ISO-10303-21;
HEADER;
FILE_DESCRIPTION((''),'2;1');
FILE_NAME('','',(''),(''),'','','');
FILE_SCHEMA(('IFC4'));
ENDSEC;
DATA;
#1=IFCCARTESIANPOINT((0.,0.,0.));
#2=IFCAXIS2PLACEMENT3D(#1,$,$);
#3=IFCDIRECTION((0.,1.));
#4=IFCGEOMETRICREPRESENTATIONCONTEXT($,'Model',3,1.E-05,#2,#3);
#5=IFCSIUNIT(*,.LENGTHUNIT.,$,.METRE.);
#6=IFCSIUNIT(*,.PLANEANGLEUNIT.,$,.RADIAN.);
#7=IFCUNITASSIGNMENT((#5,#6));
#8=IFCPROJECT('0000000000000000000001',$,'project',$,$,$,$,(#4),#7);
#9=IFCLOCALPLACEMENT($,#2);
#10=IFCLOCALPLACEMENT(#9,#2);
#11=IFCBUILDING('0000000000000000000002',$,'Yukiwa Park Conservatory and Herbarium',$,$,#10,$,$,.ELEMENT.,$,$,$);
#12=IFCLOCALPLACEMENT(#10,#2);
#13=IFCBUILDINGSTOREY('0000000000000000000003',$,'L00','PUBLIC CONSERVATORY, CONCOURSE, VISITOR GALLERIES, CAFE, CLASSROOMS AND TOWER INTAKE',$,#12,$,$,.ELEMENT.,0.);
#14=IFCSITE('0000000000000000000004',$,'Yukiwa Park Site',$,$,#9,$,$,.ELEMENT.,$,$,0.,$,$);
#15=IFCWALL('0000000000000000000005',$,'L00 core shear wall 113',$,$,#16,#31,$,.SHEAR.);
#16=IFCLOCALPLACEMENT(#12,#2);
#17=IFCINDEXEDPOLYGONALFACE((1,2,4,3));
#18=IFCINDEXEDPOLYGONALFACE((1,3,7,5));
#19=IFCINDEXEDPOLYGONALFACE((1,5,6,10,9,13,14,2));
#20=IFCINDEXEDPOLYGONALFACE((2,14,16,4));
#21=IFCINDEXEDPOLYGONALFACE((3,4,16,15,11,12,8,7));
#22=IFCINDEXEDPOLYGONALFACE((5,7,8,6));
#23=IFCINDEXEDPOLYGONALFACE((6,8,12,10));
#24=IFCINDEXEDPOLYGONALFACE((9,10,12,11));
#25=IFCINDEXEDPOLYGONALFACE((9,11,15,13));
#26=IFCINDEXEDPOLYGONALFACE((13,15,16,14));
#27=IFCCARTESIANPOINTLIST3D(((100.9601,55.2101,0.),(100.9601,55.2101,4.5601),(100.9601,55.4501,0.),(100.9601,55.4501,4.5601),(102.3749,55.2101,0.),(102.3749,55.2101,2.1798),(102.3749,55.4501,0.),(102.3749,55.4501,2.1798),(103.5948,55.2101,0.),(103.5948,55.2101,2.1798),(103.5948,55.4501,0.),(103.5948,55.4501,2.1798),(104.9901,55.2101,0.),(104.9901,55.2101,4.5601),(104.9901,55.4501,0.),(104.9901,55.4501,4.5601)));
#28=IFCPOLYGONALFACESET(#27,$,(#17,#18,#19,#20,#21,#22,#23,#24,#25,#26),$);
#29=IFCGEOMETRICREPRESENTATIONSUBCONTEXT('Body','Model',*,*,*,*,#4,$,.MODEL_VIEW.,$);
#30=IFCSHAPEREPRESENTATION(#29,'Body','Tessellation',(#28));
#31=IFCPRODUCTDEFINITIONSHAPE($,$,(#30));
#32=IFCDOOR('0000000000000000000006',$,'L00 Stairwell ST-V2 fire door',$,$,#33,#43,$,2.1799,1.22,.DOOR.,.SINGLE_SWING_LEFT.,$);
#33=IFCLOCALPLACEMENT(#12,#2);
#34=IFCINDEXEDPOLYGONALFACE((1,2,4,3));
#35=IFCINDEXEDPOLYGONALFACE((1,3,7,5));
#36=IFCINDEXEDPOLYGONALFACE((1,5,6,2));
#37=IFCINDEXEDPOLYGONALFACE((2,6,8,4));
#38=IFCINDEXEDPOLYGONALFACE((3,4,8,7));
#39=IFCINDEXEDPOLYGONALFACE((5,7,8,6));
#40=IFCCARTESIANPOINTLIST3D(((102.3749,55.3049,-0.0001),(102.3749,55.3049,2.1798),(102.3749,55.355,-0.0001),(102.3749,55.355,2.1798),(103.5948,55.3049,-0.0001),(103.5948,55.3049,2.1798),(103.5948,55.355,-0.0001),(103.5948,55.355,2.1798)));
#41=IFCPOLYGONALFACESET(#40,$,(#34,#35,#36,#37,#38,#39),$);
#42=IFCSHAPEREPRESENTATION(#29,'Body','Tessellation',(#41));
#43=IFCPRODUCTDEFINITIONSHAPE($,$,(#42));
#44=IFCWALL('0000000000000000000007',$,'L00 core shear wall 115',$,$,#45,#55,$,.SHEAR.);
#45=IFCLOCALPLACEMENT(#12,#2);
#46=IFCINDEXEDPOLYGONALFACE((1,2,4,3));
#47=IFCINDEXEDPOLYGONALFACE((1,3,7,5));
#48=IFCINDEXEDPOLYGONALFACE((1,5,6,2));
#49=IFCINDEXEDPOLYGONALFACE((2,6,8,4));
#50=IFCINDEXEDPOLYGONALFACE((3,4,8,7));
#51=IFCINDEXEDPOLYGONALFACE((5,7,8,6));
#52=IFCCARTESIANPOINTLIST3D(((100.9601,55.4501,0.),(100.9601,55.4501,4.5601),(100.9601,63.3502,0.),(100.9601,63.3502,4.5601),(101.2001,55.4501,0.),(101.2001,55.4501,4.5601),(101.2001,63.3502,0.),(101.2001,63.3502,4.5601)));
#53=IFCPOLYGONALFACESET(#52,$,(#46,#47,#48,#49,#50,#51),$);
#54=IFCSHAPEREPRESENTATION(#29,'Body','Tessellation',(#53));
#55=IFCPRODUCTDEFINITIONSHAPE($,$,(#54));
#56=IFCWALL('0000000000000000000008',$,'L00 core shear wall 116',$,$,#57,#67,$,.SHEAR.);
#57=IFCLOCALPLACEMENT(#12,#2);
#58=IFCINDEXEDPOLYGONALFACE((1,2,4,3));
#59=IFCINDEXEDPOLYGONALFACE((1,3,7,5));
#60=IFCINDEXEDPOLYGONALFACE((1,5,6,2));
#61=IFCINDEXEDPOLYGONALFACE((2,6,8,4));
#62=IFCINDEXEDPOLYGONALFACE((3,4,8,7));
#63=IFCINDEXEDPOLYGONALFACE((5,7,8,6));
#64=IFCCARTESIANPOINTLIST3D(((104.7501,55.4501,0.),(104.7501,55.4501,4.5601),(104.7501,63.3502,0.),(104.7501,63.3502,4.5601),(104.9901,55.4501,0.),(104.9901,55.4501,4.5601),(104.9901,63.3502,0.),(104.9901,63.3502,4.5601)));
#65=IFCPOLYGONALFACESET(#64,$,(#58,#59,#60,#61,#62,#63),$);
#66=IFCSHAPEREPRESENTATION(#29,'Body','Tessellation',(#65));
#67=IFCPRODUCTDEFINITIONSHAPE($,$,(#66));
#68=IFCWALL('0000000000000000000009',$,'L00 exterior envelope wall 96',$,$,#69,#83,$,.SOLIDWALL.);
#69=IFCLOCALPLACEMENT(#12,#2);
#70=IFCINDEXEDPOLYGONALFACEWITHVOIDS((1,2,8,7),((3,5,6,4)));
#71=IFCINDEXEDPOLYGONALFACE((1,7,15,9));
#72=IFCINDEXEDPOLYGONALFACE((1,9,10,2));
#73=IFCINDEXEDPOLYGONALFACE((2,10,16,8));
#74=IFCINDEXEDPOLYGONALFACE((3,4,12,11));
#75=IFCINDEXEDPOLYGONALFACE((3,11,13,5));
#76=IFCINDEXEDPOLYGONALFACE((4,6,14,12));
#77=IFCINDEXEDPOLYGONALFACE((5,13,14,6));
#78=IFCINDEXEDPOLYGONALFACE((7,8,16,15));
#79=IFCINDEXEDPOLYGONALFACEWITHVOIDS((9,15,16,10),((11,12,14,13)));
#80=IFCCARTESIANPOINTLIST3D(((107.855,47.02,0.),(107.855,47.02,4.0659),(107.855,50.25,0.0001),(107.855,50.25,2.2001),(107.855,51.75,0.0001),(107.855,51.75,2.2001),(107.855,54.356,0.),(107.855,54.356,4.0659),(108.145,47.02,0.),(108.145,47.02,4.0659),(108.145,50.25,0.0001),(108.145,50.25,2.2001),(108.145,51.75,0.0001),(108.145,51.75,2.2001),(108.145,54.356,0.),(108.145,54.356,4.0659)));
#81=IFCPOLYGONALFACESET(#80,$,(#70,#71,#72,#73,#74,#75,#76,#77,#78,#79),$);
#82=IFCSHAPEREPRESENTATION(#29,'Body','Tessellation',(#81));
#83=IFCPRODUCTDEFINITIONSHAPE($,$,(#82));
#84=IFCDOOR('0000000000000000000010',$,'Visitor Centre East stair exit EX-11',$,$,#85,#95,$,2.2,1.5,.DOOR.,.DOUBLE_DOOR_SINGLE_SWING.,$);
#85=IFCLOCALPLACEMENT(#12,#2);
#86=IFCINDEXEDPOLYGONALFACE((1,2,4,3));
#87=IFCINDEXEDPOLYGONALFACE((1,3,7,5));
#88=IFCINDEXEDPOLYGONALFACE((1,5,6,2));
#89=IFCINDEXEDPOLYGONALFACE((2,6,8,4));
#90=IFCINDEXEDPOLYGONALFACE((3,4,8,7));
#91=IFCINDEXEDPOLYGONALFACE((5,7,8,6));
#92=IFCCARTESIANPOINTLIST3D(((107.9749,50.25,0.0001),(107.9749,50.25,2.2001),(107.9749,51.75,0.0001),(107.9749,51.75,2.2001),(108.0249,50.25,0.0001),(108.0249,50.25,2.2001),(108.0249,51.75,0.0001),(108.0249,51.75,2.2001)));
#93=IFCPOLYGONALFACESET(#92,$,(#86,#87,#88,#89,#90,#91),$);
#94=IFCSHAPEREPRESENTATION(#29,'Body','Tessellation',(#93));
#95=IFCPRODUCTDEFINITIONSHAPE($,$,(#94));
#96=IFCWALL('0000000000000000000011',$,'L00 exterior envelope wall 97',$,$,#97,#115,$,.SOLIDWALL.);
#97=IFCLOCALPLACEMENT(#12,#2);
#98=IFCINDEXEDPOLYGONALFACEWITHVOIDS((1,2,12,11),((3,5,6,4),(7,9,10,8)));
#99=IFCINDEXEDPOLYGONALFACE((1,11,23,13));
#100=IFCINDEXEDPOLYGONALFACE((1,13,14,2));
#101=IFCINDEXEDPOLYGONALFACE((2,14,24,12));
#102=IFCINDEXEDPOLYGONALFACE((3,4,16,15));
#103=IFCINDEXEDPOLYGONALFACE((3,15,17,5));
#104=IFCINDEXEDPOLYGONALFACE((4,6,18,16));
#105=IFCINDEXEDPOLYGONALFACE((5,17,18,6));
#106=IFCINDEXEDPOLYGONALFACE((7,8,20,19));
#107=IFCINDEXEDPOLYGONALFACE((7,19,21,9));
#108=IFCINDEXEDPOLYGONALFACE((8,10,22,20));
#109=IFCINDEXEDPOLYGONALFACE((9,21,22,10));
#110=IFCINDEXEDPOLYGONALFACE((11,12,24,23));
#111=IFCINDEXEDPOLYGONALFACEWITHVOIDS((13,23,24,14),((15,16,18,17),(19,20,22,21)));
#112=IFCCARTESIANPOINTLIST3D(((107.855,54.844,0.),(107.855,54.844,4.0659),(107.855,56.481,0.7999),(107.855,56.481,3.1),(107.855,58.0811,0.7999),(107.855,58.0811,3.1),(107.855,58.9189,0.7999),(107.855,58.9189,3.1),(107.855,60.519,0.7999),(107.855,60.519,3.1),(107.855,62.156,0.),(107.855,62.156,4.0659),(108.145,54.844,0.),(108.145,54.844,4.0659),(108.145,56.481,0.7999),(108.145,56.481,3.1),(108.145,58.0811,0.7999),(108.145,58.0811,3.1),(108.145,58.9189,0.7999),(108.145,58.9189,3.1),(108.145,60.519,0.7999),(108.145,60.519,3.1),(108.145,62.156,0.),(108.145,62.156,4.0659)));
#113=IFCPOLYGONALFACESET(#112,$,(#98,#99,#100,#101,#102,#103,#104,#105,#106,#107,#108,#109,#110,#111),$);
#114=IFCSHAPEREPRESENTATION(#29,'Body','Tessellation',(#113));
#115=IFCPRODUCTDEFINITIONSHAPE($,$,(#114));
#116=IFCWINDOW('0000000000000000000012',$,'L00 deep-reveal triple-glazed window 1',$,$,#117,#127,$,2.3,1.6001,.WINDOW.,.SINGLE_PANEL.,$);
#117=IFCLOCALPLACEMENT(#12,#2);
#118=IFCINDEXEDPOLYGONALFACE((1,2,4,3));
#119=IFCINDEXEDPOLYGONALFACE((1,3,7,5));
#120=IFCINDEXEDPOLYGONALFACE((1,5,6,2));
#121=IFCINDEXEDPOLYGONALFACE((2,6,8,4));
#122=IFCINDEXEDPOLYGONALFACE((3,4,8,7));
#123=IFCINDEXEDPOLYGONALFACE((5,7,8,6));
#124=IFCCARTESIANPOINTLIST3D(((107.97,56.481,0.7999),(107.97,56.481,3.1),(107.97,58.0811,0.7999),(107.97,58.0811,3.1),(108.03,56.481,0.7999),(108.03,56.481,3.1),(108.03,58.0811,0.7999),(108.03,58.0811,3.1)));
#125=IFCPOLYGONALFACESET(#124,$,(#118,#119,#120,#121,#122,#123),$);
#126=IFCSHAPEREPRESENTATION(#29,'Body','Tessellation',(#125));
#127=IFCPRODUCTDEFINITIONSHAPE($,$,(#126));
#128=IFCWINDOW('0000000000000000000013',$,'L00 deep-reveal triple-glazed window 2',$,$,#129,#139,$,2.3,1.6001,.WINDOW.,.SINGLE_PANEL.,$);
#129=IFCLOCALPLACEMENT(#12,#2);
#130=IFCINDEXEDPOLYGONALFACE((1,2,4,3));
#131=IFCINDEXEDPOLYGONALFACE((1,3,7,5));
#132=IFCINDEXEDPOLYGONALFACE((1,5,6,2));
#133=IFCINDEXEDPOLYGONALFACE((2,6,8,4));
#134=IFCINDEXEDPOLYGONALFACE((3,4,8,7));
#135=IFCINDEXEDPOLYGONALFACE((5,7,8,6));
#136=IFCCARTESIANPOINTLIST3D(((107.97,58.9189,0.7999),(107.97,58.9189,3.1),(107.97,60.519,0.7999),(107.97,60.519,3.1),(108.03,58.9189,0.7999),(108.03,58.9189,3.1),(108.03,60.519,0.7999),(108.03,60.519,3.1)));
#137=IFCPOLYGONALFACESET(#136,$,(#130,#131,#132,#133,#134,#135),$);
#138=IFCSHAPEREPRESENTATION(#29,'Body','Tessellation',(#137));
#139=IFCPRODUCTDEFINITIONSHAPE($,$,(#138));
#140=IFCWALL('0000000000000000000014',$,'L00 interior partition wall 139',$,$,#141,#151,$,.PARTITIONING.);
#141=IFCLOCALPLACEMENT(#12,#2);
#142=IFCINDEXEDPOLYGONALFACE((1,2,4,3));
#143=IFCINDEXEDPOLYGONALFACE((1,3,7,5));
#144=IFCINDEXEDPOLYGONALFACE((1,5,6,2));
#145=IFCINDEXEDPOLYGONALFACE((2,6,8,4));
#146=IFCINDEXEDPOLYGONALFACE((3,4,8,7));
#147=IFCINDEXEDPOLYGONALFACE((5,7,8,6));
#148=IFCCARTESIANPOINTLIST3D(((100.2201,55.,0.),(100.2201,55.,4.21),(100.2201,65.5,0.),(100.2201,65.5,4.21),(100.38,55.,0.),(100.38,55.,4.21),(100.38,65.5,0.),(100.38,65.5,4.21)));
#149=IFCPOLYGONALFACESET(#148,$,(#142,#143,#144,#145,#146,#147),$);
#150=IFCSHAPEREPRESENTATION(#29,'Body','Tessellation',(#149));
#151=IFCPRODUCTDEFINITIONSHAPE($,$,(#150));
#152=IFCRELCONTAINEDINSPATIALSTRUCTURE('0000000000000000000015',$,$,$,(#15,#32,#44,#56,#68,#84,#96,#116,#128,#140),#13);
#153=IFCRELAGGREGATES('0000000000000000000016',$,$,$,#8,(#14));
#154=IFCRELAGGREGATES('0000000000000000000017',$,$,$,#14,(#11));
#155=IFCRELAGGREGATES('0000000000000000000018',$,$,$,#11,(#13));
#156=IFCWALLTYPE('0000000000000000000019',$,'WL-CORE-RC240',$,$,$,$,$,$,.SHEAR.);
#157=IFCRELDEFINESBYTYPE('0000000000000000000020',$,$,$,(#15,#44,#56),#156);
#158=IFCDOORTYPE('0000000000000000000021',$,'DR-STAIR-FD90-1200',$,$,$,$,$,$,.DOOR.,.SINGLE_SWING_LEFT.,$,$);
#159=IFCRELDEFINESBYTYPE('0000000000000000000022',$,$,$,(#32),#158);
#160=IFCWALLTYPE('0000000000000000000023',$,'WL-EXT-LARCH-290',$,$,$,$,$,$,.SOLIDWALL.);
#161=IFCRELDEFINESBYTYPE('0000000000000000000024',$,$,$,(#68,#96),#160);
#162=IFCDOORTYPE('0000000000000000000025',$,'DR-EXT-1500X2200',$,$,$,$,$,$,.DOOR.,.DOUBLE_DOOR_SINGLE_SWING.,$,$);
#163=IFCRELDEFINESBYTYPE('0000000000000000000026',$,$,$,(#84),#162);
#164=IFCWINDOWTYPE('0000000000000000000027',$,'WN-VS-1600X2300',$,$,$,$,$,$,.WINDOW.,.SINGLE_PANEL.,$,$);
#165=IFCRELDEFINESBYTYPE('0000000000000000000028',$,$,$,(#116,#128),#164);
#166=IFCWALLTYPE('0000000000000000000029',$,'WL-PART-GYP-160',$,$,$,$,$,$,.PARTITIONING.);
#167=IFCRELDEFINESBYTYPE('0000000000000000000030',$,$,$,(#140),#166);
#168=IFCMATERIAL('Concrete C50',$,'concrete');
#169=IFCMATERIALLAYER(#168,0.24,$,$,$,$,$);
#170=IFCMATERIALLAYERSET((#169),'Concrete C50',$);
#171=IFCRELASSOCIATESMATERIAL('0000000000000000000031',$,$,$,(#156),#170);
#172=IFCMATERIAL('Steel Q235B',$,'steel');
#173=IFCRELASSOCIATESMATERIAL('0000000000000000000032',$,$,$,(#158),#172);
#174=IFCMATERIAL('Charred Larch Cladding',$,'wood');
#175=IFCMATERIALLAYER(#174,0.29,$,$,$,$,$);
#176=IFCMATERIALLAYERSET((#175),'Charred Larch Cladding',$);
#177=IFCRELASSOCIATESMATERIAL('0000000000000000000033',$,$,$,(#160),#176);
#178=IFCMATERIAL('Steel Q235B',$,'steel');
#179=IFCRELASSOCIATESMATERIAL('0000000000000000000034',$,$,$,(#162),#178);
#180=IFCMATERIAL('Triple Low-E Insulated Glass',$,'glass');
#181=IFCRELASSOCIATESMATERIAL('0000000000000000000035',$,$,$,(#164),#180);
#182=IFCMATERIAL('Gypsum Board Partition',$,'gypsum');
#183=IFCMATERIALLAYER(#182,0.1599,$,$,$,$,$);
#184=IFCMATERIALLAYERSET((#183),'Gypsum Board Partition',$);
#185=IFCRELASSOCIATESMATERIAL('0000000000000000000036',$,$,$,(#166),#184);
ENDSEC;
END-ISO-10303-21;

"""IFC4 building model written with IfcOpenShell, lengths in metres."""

from ifc_helpers import new_model, si_unit, direction, frame, frame_2d, origin, place, context, subcontext, project, spatial, rectangle, extrude, material, layer, layer_set, type_object, element, fill, save


model = new_model("IFC4")

# Units and contexts
model_context = context("Model", 3, precision=1e-05, world=origin(), true_north=direction((0.0, 1.0)))
body_context = subcontext(model_context, "Body", "Model", "MODEL_VIEW")
ifc_project = project(units=[si_unit("LENGTHUNIT", "METRE"), si_unit("PLANEANGLEUNIT", "RADIAN")], contexts=[model_context])

# Site, building, storey
site_placement = place(None, origin())
site = spatial("IfcSite", under=ifc_project, at=site_placement, Name="Yukiwa Park Site", CompositionType="ELEMENT", RefElevation=0.0)
building_placement = place(site_placement, origin())
building = spatial("IfcBuilding", under=site, at=building_placement, Name="Yukiwa Park Conservatory and Herbarium", CompositionType="ELEMENT")
storey_placement = place(building_placement, origin())
storey = spatial("IfcBuildingStorey", under=building, at=storey_placement, Name="L00", Description="PUBLIC CONSERVATORY, CONCOURSE, VISITOR GALLERIES, CAFE, CLASSROOMS AND TOWER INTAKE", CompositionType="ELEMENT", Elevation=0.0)

# Wall, opening, door
ifc_material_1 = material(Name="Concrete C50", Category="concrete")
ifc_layer_1 = layer(ifc_material_1, 0.24)
ifc_layer_set_1 = layer_set([ifc_layer_1], Name="Concrete C50")
wall_type_1 = type_object("IfcWallType", Name="WL-CORE-RC240", PredefinedType="SHEAR", material=ifc_layer_set_1)
wall_1_placement = place(storey_placement, frame((100.96, 55.3301, 0.0), z_axis=(0.0, 0.0, 1.0), x_axis=(1.0, 0.0, 0.0)))
wall_1 = element("IfcWall", 1, at=wall_1_placement, inside=storey, type_object=wall_type_1, Name="L00 core shear wall 113", PredefinedType="SHEAR", context=body_context, shape_type="SweptSolid", body=[
    extrude(rectangle(XDim=4.03, YDim=0.24, at=frame_2d((2.0151, 0.0))), origin(), (0.0, 0.0, 1.0), 4.5601),
])
opening_1_placement = place(wall_1_placement, frame((1.415, 0.0, 0.0)))
opening_1 = element("IfcOpeningElement", 2, at=opening_1_placement, cuts=wall_1, PredefinedType="OPENING", context=body_context, shape_type="SweptSolid", body=[
    extrude(rectangle(XDim=1.22, YDim=2.1799, at=frame_2d((0.6099, 1.0898))), frame((0.0, 0.1299, 0.0), z_axis=(0.0, -1.0, 0.0), x_axis=(1.0, 0.0, 0.0)), (0.0, 0.0, 1.0), 0.26),
])
ifc_material_2 = material(Name="Steel Q235B", Category="steel")
door_type_1 = type_object("IfcDoorType", Name="DR-STAIR-FD90-1200", OperationType="SINGLE_SWING_LEFT", PredefinedType="DOOR", material=ifc_material_2)
door_1_placement = place(opening_1_placement, origin())
door_1 = element("IfcDoor", 3, at=door_1_placement, inside=storey, type_object=door_type_1, Name="L00 Stairwell ST-V2 fire door", OperationType="SINGLE_SWING_LEFT", OverallHeight=2.1799, OverallWidth=1.22, PredefinedType="DOOR", context=body_context, shape_type="SweptSolid", body=[
    extrude(rectangle(XDim=1.22, YDim=2.1799, at=frame_2d((0.6099, 1.0898))), frame((0.0, 0.0249, 0.0), z_axis=(0.0, -1.0, 0.0), x_axis=(1.0, 0.0, 0.0)), (0.0, 0.0, 1.0), 0.05),
])
fill(opening_1, door_1)

# Walls
for number, where, z_axis, x_axis, name in (
    (4, (101.0801, 55.45, 0.0), (0.0, 0.0, 1.0), (0.0, 1.0, 0.0), "L00 core shear wall 115"),
    (5, (104.8701, 55.45, 0.0), (0.0, 0.0, 1.0), (0.0, 1.0, 0.0), "L00 core shear wall 116"),
):
    element("IfcWall", number, at=place(storey_placement, frame(where, z_axis=z_axis, x_axis=x_axis)), inside=storey, type_object=wall_type_1, Name=name, PredefinedType="SHEAR", context=body_context, shape_type="SweptSolid", body=[
        extrude(rectangle(XDim=7.9001, YDim=0.24, at=frame_2d((3.9502, 0.0))), origin(), (0.0, 0.0, 1.0), 4.5601),
    ])

# Wall, opening, door
ifc_material_3 = material(Name="Charred Larch Cladding", Category="wood")
ifc_layer_2 = layer(ifc_material_3, 0.29)
ifc_layer_set_2 = layer_set([ifc_layer_2], Name="Charred Larch Cladding")
wall_type_2 = type_object("IfcWallType", Name="WL-EXT-LARCH-290", PredefinedType="SOLIDWALL", material=ifc_layer_set_2)
wall_2_placement = place(storey_placement, frame((108.0, 47.02, 0.0), z_axis=(0.0, 0.0, 1.0), x_axis=(0.0, 1.0, 0.0)))
wall_2 = element("IfcWall", 6, at=wall_2_placement, inside=storey, type_object=wall_type_2, Name="L00 exterior envelope wall 96", PredefinedType="SOLIDWALL", context=body_context, shape_type="SweptSolid", body=[
    extrude(rectangle(XDim=7.3359, YDim=0.29, at=frame_2d((3.668, 0.0))), origin(), (0.0, 0.0, 1.0), 4.0659),
])
opening_2_placement = place(wall_2_placement, frame((3.23, 0.0, 0.0)))
opening_2 = element("IfcOpeningElement", 7, at=opening_2_placement, cuts=wall_2, PredefinedType="OPENING", context=body_context, shape_type="SweptSolid", body=[
    extrude(rectangle(XDim=1.5, YDim=2.2, at=frame_2d((0.75, 1.1001))), frame((0.0, 0.155, 0.0), z_axis=(0.0, -1.0, 0.0), x_axis=(1.0, 0.0, 0.0)), (0.0, 0.0, 1.0), 0.3101),
])
ifc_material_4 = material(Name="Steel Q235B", Category="steel")
door_type_2 = type_object("IfcDoorType", Name="DR-EXT-1500X2200", OperationType="DOUBLE_DOOR_SINGLE_SWING", PredefinedType="DOOR", material=ifc_material_4)
door_2_placement = place(opening_2_placement, frame((1.5, 0.0, 0.0), z_axis=(0.0, 0.0, 1.0), x_axis=(-1.0, 0.0, 0.0)))
door_2 = element("IfcDoor", 8, at=door_2_placement, inside=storey, type_object=door_type_2, Name="Visitor Centre East stair exit EX-11", OperationType="DOUBLE_DOOR_SINGLE_SWING", OverallHeight=2.2, OverallWidth=1.5, PredefinedType="DOOR", context=body_context, shape_type="SweptSolid", body=[
    extrude(rectangle(XDim=1.5, YDim=2.2, at=frame_2d((0.75, 1.1001))), frame((0.0, 0.0249, 0.0), z_axis=(0.0, -1.0, 0.0), x_axis=(1.0, 0.0, 0.0)), (0.0, 0.0, 1.0), 0.05),
])
fill(opening_2, door_2)

# Wall, openings, windows
wall_3_placement = place(storey_placement, frame((108.0, 54.844, 0.0), z_axis=(0.0, 0.0, 1.0), x_axis=(0.0, 1.0, 0.0)))
wall_3 = element("IfcWall", 9, at=wall_3_placement, inside=storey, type_object=wall_type_2, Name="L00 exterior envelope wall 97", PredefinedType="SOLIDWALL", context=body_context, shape_type="SweptSolid", body=[
    extrude(rectangle(XDim=7.312, YDim=0.29, at=frame_2d((3.656, 0.0))), origin(), (0.0, 0.0, 1.0), 4.0659),
])
opening_3_placement = place(wall_3_placement, frame((1.637, 0.0, 0.8)))
opening_3 = element("IfcOpeningElement", 10, at=opening_3_placement, cuts=wall_3, PredefinedType="OPENING", context=body_context, shape_type="SweptSolid", body=[
    extrude(rectangle(XDim=1.6001, YDim=2.3, at=frame_2d((0.8, 1.1499))), frame((0.0, 0.155, 0.0), z_axis=(0.0, -1.0, 0.0), x_axis=(1.0, 0.0, 0.0)), (0.0, 0.0, 1.0), 0.3101),
])
opening_4_placement = place(wall_3_placement, frame((4.075, 0.0, 0.8)))
opening_4 = element("IfcOpeningElement", 11, at=opening_4_placement, cuts=wall_3, PredefinedType="OPENING", context=body_context, shape_type="SweptSolid", body=[
    extrude(rectangle(XDim=1.6001, YDim=2.3, at=frame_2d((0.8, 1.1499))), frame((0.0, 0.155, 0.0), z_axis=(0.0, -1.0, 0.0), x_axis=(1.0, 0.0, 0.0)), (0.0, 0.0, 1.0), 0.3101),
])
ifc_material_5 = material(Name="Triple Low-E Insulated Glass", Category="glass")
window_type = type_object("IfcWindowType", Name="WN-VS-1600X2300", PartitioningType="SINGLE_PANEL", PredefinedType="WINDOW", material=ifc_material_5)
window_1_placement = place(opening_3_placement, origin())
window_1 = element("IfcWindow", 12, at=window_1_placement, inside=storey, type_object=window_type, Name="L00 deep-reveal triple-glazed window 1", OverallHeight=2.3, OverallWidth=1.6001, PartitioningType="SINGLE_PANEL", PredefinedType="WINDOW", context=body_context, shape_type="SweptSolid", body=[
    extrude(rectangle(XDim=1.6001, YDim=2.3, at=frame_2d((0.8, 1.1499))), frame((0.0, 0.03, 0.0), z_axis=(0.0, -1.0, 0.0), x_axis=(1.0, 0.0, 0.0)), (0.0, 0.0, 1.0), 0.0601),
])
fill(opening_3, window_1)
window_2_placement = place(opening_4_placement, origin())
window_2 = element("IfcWindow", 13, at=window_2_placement, inside=storey, type_object=window_type, Name="L00 deep-reveal triple-glazed window 2", OverallHeight=2.3, OverallWidth=1.6001, PartitioningType="SINGLE_PANEL", PredefinedType="WINDOW", context=body_context, shape_type="SweptSolid", body=[
    extrude(rectangle(XDim=1.6001, YDim=2.3, at=frame_2d((0.8, 1.1499))), frame((0.0, 0.03, 0.0), z_axis=(0.0, -1.0, 0.0), x_axis=(1.0, 0.0, 0.0)), (0.0, 0.0, 1.0), 0.0601),
])
fill(opening_4, window_2)

# Wall
ifc_material_6 = material(Name="Gypsum Board Partition", Category="gypsum")
ifc_layer_3 = layer(ifc_material_6, 0.1599)
ifc_layer_set_3 = layer_set([ifc_layer_3], Name="Gypsum Board Partition")
wall_type_3 = type_object("IfcWallType", Name="WL-PART-GYP-160", PredefinedType="PARTITIONING", material=ifc_layer_set_3)
wall_4_placement = place(storey_placement, frame((100.3, 55.0, 0.0), z_axis=(0.0, 0.0, 1.0), x_axis=(0.0, 1.0, 0.0)))
element("IfcWall", 14, at=wall_4_placement, inside=storey, type_object=wall_type_3, Name="L00 interior partition wall 139", PredefinedType="PARTITIONING", context=body_context, shape_type="SweptSolid", body=[
    extrude(rectangle(XDim=10.5, YDim=0.1599, at=frame_2d((5.25, 0.0))), origin(), (0.0, 0.0, 1.0), 4.21),
])

save(model, "model.ifc")
